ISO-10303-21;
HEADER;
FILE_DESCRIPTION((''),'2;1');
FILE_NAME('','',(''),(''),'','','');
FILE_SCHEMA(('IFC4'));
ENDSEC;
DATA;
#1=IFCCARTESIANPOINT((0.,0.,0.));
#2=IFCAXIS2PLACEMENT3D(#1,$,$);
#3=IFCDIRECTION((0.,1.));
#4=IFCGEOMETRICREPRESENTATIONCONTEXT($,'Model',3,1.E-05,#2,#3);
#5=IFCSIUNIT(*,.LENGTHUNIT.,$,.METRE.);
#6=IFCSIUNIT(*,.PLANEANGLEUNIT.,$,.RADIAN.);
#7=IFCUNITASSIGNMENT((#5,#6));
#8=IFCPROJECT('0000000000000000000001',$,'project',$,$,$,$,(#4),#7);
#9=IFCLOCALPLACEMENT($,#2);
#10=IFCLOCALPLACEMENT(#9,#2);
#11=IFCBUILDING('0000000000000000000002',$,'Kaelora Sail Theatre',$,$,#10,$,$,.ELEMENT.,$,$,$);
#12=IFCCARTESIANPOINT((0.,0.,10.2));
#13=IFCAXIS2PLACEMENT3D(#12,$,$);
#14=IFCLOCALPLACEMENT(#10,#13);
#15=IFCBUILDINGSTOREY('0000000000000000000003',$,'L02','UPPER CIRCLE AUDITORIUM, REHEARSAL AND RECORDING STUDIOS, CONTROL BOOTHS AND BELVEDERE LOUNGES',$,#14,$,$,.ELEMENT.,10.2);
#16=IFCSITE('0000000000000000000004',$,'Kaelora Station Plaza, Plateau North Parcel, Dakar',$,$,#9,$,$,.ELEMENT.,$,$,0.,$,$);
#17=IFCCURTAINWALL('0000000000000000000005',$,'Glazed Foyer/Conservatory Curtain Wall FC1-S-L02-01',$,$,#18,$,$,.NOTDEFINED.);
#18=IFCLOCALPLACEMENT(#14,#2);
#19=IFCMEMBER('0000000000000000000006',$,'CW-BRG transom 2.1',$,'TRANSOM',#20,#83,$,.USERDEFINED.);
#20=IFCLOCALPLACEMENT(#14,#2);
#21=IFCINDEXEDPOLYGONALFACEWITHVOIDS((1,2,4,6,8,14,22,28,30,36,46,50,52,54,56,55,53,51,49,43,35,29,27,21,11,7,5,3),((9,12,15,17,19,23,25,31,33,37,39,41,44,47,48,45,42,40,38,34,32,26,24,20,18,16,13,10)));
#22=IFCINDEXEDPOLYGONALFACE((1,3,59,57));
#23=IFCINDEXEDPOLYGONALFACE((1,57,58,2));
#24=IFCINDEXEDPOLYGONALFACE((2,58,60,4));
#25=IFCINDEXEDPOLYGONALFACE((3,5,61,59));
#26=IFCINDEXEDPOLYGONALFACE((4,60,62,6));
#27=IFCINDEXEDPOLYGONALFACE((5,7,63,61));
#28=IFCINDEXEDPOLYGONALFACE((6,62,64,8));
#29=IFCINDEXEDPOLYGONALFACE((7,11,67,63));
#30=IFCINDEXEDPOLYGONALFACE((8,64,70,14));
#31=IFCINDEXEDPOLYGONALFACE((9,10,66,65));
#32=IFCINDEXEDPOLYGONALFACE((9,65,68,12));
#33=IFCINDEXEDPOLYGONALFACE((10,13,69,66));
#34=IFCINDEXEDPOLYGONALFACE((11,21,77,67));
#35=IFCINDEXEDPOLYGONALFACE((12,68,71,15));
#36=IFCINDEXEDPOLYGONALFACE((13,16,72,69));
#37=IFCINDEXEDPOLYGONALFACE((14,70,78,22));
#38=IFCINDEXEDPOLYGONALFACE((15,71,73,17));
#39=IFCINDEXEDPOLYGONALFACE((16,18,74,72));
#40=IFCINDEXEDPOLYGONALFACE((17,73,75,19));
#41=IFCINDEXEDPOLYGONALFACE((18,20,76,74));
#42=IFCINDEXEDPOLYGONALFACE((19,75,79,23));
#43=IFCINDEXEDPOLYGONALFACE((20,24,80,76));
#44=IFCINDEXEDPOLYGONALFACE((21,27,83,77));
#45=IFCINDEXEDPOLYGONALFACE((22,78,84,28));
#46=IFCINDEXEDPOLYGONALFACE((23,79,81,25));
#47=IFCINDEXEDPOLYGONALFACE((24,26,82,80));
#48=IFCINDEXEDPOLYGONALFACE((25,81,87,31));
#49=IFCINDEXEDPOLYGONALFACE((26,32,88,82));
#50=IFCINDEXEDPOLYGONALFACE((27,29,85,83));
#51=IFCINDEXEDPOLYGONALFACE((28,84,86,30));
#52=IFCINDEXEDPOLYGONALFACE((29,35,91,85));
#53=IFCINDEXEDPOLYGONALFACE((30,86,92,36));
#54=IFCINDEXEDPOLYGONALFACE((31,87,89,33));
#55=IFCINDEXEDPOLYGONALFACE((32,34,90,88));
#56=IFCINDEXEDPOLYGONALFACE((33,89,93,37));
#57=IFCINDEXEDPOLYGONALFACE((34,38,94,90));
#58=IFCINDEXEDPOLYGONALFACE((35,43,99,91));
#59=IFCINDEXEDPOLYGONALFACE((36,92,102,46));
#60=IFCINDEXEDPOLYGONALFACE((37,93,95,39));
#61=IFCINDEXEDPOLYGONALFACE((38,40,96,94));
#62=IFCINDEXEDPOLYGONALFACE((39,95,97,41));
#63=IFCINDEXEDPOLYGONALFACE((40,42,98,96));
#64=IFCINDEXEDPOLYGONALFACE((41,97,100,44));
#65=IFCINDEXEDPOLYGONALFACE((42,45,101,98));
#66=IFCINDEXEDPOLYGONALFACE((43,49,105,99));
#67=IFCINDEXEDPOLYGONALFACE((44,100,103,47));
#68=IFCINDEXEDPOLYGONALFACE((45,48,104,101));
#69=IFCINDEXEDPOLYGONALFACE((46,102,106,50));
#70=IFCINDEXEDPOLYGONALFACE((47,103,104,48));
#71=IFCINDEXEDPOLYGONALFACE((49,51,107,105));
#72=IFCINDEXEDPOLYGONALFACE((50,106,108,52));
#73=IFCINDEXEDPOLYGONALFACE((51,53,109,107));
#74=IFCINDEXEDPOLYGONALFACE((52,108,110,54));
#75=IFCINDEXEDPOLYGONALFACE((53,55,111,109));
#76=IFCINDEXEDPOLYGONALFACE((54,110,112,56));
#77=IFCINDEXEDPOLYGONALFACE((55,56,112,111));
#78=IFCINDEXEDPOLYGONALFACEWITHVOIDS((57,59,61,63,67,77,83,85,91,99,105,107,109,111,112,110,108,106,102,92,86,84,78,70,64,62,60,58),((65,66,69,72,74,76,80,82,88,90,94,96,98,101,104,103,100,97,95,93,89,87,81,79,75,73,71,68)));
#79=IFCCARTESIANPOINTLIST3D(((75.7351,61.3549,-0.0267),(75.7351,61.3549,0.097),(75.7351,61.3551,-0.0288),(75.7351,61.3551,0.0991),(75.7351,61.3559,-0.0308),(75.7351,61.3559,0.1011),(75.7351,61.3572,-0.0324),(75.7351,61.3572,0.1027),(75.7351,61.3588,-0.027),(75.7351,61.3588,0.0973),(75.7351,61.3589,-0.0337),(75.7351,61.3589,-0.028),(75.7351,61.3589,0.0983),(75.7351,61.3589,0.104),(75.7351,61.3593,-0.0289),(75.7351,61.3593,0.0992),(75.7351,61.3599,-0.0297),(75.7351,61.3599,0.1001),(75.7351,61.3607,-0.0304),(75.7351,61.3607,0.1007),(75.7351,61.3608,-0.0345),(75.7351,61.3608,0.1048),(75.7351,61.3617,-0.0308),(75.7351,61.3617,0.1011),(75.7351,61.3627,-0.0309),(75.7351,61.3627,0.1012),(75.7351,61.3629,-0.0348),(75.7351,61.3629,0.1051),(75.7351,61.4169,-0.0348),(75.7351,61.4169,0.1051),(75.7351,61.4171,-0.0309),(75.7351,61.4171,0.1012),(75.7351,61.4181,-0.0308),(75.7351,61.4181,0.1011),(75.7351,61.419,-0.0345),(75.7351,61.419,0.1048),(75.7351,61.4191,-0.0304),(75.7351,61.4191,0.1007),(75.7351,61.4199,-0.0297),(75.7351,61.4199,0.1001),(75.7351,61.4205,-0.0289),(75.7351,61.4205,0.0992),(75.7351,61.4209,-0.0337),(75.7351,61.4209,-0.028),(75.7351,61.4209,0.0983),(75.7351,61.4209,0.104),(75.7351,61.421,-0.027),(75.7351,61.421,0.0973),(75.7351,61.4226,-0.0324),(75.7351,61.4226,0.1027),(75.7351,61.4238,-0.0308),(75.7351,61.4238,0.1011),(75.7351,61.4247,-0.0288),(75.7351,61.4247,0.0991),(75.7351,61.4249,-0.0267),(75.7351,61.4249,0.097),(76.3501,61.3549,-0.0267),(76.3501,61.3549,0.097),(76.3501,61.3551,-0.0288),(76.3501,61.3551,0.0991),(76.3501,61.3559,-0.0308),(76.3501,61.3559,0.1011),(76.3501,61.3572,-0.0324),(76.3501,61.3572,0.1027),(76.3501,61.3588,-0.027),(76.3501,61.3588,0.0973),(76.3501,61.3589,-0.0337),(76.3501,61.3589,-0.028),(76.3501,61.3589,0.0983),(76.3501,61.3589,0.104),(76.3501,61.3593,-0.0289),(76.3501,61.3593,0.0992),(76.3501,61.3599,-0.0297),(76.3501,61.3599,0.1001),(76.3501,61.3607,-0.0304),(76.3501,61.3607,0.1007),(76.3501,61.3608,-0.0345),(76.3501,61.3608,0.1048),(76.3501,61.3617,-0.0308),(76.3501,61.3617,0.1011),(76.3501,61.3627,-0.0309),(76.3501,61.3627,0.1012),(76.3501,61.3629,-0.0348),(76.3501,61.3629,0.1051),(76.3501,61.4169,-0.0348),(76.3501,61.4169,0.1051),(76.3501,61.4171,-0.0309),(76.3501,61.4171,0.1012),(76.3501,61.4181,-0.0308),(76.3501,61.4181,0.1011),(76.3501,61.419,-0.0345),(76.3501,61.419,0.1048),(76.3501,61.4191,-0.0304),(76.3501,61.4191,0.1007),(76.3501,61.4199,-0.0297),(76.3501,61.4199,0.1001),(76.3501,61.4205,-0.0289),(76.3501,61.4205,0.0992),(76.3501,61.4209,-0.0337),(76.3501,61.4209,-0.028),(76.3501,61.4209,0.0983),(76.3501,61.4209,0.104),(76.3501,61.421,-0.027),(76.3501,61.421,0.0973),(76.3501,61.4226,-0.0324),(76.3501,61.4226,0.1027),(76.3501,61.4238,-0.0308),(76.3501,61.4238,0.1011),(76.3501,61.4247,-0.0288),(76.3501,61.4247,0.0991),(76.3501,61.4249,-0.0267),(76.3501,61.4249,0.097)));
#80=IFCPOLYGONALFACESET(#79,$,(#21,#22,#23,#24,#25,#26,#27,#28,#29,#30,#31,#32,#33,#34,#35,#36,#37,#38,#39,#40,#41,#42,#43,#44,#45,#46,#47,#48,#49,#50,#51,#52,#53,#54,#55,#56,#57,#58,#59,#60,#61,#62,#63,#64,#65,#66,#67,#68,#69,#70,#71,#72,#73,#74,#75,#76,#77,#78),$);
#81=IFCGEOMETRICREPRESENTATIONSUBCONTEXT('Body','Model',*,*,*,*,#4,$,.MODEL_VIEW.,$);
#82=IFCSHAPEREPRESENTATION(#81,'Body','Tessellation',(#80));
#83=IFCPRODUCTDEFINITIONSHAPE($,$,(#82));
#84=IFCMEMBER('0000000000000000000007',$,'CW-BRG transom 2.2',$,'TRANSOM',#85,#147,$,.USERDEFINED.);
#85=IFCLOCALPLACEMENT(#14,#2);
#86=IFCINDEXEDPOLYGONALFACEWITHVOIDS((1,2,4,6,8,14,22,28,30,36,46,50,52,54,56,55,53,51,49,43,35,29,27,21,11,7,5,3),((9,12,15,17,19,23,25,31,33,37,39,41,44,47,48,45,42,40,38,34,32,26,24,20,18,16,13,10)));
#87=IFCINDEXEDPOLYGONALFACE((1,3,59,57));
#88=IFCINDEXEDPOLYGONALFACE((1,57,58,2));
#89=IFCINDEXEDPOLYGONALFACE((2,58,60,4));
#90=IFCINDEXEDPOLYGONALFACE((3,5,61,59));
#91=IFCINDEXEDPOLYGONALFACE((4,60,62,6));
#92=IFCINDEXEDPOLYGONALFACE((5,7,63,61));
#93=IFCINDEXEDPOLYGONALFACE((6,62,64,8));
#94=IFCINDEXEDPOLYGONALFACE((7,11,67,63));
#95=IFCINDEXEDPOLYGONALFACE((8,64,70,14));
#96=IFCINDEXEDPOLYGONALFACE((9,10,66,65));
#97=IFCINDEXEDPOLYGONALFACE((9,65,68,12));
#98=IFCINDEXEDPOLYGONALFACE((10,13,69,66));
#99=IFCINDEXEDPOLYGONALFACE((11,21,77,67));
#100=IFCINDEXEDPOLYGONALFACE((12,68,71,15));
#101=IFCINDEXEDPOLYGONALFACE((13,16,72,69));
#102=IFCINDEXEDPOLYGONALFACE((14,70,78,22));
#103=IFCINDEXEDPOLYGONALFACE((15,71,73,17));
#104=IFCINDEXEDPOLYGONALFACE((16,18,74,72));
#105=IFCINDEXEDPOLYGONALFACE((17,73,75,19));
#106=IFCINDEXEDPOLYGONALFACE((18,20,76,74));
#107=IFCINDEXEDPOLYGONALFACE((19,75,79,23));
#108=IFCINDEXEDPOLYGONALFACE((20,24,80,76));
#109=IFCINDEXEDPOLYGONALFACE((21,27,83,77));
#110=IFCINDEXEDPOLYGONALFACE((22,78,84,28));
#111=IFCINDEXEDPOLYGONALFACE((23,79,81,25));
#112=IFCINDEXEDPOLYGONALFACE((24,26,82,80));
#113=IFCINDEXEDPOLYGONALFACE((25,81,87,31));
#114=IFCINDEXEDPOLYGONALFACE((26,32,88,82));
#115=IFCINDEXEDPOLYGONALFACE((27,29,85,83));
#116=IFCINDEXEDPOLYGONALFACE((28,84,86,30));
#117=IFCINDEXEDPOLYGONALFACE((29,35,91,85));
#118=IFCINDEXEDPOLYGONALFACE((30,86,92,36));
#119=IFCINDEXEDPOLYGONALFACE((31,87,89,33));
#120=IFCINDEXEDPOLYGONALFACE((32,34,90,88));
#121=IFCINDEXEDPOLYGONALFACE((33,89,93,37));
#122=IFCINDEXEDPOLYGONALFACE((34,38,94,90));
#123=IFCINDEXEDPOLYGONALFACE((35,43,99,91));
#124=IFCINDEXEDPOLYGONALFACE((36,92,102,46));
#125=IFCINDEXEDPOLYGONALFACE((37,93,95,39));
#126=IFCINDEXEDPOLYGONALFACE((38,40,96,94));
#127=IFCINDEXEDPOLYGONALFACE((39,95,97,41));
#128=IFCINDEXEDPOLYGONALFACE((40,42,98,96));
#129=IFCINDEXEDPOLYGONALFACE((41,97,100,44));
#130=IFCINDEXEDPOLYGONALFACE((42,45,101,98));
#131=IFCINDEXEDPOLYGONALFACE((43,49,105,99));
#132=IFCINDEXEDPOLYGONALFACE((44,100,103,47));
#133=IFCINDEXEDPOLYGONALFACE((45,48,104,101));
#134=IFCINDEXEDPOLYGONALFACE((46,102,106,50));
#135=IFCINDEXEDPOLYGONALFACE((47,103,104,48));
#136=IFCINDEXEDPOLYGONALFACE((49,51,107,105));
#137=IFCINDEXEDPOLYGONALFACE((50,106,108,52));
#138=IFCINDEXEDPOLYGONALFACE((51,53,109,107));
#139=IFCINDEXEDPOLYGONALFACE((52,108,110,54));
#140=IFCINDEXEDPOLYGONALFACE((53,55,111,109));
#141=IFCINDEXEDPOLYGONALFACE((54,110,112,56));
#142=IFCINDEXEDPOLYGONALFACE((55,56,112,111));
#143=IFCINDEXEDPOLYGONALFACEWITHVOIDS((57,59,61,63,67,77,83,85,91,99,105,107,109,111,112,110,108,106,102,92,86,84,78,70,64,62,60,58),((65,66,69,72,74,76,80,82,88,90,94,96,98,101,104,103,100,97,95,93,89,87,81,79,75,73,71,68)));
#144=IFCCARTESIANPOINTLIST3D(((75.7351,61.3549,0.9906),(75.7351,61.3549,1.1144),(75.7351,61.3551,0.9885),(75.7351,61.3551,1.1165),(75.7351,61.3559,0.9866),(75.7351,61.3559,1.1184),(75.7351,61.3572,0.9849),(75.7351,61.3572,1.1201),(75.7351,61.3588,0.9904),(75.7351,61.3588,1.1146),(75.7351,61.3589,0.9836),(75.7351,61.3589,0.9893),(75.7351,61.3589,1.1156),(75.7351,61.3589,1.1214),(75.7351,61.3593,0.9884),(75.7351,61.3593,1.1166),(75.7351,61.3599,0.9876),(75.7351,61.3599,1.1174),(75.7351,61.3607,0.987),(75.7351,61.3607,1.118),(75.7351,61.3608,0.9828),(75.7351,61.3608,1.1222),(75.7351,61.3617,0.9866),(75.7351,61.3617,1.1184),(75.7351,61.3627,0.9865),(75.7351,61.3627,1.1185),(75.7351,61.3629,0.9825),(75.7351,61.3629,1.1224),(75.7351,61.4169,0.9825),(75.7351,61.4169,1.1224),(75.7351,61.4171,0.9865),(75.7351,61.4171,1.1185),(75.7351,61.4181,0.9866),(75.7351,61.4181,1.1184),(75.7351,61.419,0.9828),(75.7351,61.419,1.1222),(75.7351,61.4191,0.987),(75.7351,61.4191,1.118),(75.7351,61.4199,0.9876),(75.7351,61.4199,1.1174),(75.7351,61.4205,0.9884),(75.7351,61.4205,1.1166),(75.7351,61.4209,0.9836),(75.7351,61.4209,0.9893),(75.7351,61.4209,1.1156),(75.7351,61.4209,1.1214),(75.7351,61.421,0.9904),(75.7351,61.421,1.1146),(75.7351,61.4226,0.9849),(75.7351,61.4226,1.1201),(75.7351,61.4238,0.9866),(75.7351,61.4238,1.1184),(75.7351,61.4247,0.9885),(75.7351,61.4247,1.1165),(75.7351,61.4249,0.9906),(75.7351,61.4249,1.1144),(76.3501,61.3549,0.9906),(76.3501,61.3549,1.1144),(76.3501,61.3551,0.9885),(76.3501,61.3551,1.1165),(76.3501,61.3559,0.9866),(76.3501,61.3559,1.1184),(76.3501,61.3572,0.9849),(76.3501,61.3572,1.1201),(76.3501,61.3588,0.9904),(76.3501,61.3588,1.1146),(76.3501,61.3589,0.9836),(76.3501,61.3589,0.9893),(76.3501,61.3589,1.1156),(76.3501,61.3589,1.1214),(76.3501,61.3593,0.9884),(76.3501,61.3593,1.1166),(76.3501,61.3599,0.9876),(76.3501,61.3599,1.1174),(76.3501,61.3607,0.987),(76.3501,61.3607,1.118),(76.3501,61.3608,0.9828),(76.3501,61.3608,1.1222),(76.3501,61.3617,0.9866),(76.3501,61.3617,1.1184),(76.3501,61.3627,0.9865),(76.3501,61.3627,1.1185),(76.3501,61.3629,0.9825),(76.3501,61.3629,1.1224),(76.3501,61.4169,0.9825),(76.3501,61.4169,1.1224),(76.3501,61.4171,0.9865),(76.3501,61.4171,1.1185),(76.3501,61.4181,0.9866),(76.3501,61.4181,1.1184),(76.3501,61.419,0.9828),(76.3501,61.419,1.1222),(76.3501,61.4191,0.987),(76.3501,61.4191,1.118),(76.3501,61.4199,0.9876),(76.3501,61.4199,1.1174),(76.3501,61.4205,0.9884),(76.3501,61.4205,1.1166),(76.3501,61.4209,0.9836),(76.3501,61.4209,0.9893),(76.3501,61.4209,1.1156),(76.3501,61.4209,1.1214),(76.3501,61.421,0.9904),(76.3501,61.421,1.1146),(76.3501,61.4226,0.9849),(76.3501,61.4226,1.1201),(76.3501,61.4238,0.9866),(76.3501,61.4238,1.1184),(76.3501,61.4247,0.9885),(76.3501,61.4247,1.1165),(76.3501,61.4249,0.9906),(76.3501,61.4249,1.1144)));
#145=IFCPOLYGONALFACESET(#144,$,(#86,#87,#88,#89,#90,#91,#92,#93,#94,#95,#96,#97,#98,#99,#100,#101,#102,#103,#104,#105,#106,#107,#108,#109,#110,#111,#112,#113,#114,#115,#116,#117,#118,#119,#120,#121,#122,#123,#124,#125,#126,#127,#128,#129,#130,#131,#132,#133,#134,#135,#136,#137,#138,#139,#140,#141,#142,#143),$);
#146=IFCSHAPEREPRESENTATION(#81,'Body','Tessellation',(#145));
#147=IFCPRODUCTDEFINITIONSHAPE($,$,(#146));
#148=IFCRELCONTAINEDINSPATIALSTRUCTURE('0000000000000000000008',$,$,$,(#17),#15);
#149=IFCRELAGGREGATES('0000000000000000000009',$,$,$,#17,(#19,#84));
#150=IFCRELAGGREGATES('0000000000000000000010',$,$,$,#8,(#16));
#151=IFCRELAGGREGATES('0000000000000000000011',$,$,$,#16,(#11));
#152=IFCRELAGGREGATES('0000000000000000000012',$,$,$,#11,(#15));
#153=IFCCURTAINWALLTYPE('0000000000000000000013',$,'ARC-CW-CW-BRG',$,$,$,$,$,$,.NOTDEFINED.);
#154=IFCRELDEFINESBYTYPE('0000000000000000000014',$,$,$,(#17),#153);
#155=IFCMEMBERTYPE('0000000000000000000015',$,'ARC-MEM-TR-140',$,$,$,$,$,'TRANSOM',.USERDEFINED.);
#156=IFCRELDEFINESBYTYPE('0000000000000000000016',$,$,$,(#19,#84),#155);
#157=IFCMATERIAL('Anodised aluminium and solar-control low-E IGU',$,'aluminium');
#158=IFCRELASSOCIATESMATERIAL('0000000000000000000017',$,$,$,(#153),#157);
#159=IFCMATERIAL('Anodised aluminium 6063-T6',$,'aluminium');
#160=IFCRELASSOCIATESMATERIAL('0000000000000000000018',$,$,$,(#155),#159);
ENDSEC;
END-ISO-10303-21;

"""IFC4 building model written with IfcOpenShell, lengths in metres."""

from ifc_helpers import new_model, si_unit, direction, frame, origin, origin_2d, place, context, subcontext, project, spatial, hollow_rectangle, extrude, material, material_profile, profile_set, type_object, element, aggregate, save


model = new_model("IFC4")

# Units and contexts
model_context = context("Model", 3, precision=1e-05, world=origin(), true_north=direction((0.0, 1.0)))
body_context = subcontext(model_context, "Body", "Model", "MODEL_VIEW")
ifc_project = project(units=[si_unit("LENGTHUNIT", "METRE"), si_unit("PLANEANGLEUNIT", "RADIAN")], contexts=[model_context])

# Site, building, storey
site_placement = place(None, origin())
site = spatial("IfcSite", under=ifc_project, at=site_placement, Name="Kaelora Station Plaza, Plateau North Parcel, Dakar", CompositionType="ELEMENT", RefElevation=0.0)
building_placement = place(site_placement, origin())
building = spatial("IfcBuilding", under=site, at=building_placement, Name="Kaelora Sail Theatre", CompositionType="ELEMENT")
storey_placement = place(building_placement, frame((0.0, 0.0, 10.2)))
storey = spatial("IfcBuildingStorey", under=building, at=storey_placement, Name="L02", Description="UPPER CIRCLE AUDITORIUM, REHEARSAL AND RECORDING STUDIOS, CONTROL BOOTHS AND BELVEDERE LOUNGES", CompositionType="ELEMENT", Elevation=10.2)

# Curtain wall
ifc_material_1 = material(Name="Anodised aluminium and solar-control low-E IGU", Category="aluminium")
curtain_wall_type = type_object("IfcCurtainWallType", Name="ARC-CW-CW-BRG", PredefinedType="NOTDEFINED", material=ifc_material_1)
curtain_wall_1_placement = place(storey_placement, origin())
curtain_wall_1 = element("IfcCurtainWall", 1, at=curtain_wall_1_placement, inside=storey, type_object=curtain_wall_type, Name="Glazed Foyer/Conservatory Curtain Wall FC1-S-L02-01", PredefinedType="NOTDEFINED")

# Members
ifc_material_2 = material(Name="Anodised aluminium 6063-T6", Category="aluminium")
ifc_material_profile_1 = material_profile(ifc_material_2, hollow_rectangle(XDim=0.0701, YDim=0.1399, WallThickness=0.0039, InnerFilletRadius=0.0039, OuterFilletRadius=0.0081, at=origin_2d()), Name="ALU-TRAN 70x140x4")
ifc_profile_set_1 = profile_set([ifc_material_profile_1], Name="Anodised aluminium 6063-T6")
member_type_1 = type_object("IfcMemberType", Name="ARC-MEM-TR-140", ElementType="TRANSOM", PredefinedType="USERDEFINED", material=ifc_profile_set_1)
member_1_placement = place(storey_placement, frame((75.7351, 61.3899, 0.0352), z_axis=(1.0, 0.0, 0.0), x_axis=(0.0, 1.0, 0.0)))
member_1 = element("IfcMember", 2, at=member_1_placement, type_object=member_type_1, Name="CW-BRG transom 2.1", ObjectType="TRANSOM", PredefinedType="USERDEFINED", context=body_context, shape_type="SweptSolid", body=[
    extrude(hollow_rectangle(XDim=0.0701, YDim=0.1399, WallThickness=0.0039, InnerFilletRadius=0.0039, OuterFilletRadius=0.0081, at=origin_2d()), origin(), (0.0, 0.0, 1.0), 0.615),
])
member_2_placement = place(storey_placement, frame((75.7351, 61.3899, 1.0525), z_axis=(1.0, 0.0, 0.0), x_axis=(0.0, 1.0, 0.0)))
member_2 = element("IfcMember", 3, at=member_2_placement, type_object=member_type_1, Name="CW-BRG transom 2.2", ObjectType="TRANSOM", PredefinedType="USERDEFINED", context=body_context, shape_type="SweptSolid", body=[
    extrude(hollow_rectangle(XDim=0.0701, YDim=0.1399, WallThickness=0.0039, InnerFilletRadius=0.0039, OuterFilletRadius=0.0081, at=origin_2d()), origin(), (0.0, 0.0, 1.0), 0.615),
])

aggregate(curtain_wall_1, [member_1, member_2])

save(model, "model.ifc")
